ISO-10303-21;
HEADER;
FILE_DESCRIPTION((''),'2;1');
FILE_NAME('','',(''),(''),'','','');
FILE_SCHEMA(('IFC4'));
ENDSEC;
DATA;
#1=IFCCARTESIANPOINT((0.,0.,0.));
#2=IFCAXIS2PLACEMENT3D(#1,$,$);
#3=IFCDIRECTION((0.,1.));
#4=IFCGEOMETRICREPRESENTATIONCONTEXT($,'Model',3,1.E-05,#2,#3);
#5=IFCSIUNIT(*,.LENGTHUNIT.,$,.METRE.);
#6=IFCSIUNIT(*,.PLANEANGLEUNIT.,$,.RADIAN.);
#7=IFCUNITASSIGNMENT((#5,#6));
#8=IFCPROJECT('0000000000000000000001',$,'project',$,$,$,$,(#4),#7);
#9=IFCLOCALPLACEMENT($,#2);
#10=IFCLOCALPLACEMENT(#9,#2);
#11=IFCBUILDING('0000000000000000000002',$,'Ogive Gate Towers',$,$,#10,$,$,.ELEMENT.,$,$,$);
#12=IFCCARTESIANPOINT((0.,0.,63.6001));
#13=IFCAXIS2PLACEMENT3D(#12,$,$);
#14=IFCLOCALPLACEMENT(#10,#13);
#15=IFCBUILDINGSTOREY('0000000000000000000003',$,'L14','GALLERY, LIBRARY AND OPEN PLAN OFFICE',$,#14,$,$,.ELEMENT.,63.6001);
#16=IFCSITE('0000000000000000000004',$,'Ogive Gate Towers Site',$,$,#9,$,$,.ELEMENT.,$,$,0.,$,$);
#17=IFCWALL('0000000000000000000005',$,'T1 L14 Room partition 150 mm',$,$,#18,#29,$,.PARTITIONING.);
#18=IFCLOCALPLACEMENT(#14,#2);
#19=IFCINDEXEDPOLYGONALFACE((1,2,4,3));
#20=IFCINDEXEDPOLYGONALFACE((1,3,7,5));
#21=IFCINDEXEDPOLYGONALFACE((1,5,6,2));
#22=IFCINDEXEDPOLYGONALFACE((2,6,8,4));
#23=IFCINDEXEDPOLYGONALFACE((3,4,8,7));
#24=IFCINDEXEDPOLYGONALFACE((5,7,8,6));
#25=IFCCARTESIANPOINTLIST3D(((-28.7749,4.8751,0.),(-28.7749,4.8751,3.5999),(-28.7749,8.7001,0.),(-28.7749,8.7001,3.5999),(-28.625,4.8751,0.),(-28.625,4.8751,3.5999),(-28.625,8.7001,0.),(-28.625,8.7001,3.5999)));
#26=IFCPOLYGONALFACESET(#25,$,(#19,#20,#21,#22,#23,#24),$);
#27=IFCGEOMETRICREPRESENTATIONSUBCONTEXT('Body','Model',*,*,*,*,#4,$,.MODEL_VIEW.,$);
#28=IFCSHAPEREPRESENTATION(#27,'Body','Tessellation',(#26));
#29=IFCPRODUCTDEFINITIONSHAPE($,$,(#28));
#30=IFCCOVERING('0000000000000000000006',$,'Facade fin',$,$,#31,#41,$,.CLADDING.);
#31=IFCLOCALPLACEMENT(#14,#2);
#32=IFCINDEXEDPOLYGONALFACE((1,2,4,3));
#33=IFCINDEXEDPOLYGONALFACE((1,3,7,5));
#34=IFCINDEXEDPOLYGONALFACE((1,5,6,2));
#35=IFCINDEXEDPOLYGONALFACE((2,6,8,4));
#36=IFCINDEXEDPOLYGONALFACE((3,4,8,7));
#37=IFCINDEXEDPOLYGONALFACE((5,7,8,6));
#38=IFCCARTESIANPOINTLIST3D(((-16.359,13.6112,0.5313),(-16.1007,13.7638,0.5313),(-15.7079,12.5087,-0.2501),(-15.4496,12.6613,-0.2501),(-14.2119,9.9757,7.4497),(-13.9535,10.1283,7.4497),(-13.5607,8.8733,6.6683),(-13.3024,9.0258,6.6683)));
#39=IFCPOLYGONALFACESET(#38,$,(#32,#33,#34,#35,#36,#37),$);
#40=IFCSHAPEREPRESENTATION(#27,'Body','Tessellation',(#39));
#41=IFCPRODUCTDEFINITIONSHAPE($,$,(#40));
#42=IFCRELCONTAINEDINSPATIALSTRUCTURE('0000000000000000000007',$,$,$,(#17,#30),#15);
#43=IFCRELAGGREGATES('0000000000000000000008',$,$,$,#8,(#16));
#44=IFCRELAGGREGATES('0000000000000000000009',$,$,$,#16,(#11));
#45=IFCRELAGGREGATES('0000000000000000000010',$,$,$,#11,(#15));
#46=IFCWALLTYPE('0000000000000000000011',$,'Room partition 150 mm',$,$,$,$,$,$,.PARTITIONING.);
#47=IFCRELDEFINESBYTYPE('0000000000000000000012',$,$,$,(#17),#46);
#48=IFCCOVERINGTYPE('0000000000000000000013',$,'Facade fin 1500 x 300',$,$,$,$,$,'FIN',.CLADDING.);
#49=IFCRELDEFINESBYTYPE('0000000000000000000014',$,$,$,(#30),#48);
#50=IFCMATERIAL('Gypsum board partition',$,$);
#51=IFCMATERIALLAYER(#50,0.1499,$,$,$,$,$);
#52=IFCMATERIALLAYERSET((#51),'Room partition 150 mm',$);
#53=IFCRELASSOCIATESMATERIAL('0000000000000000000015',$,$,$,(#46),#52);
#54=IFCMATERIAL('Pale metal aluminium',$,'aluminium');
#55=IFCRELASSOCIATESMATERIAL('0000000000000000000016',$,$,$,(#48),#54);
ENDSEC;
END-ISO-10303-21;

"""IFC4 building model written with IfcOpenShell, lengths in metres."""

from ifc_helpers import new_model, si_unit, direction, frame, frame_2d, origin, origin_2d, place, context, subcontext, project, spatial, rectangle, extrude, material, layer, layer_set, material_profile, profile_set, type_object, element, save


model = new_model("IFC4")

# Units and contexts
model_context = context("Model", 3, precision=1e-05, world=origin(), true_north=direction((0.0, 1.0)))
body_context = subcontext(model_context, "Body", "Model", "MODEL_VIEW")
ifc_project = project(units=[si_unit("LENGTHUNIT", "METRE"), si_unit("PLANEANGLEUNIT", "RADIAN")], contexts=[model_context])

# Site, building, storey
site_placement = place(None, origin())
site = spatial("IfcSite", under=ifc_project, at=site_placement, Name="Ogive Gate Towers Site", CompositionType="ELEMENT", RefElevation=0.0)
building_placement = place(site_placement, origin())
building = spatial("IfcBuilding", under=site, at=building_placement, Name="Ogive Gate Towers", CompositionType="ELEMENT")
storey_placement = place(building_placement, frame((0.0, 0.0, 63.6001)))
storey = spatial("IfcBuildingStorey", under=building, at=storey_placement, Name="L14", Description="GALLERY, LIBRARY AND OPEN PLAN OFFICE", CompositionType="ELEMENT", Elevation=63.6001)

# Shared definitions
ifc_material_1 = material(Name="Pale metal aluminium", Category="aluminium")

# Wall
ifc_material_2 = material(Name="Gypsum board partition")
ifc_layer_1 = layer(ifc_material_2, 0.1499)
ifc_layer_set_1 = layer_set([ifc_layer_1], Name="Room partition 150 mm")
wall_type_1 = type_object("IfcWallType", Name="Room partition 150 mm", PredefinedType="PARTITIONING", material=ifc_layer_set_1)
wall_1_placement = place(storey_placement, frame((-28.7, 4.875, 0.0), z_axis=(0.0, 0.0, 1.0), x_axis=(0.0, 1.0, 0.0)))
element("IfcWall", 1, at=wall_1_placement, inside=storey, type_object=wall_type_1, Name="T1 L14 Room partition 150 mm", PredefinedType="PARTITIONING", context=body_context, shape_type="SweptSolid", body=[
    extrude(rectangle(XDim=3.825, YDim=0.1499, at=frame_2d((1.9126, 0.0))), origin(), (0.0, 0.0, 1.0), 3.5999),
])

# Covering
ifc_material_profile_1 = material_profile(ifc_material_1, rectangle(XDim=0.3, YDim=1.5, at=origin_2d()), Name="1500 x 300 pale metal aluminium")
ifc_profile_set_1 = profile_set([ifc_material_profile_1], Name="Pale metal aluminium")
covering_type = type_object("IfcCoveringType", Name="Facade fin 1500 x 300", ElementType="FIN", PredefinedType="CLADDING", material=ifc_profile_set_1)
covering_placement = place(storey_placement, frame((-15.9043, 13.1362, 0.1406), z_axis=(0.264922, -0.448545, 0.853594), x_axis=(0.861034, 0.508548, 0.0)))
element("IfcCovering", 2, at=covering_placement, inside=storey, type_object=covering_type, Name="Facade fin", PredefinedType="CLADDING", context=body_context, shape_type="SweptSolid", body=[
    extrude(rectangle(XDim=0.3, YDim=1.5, at=origin_2d()), origin(), (0.0, 0.0, 1.0), 8.105),
])

save(model, "model.ifc")
